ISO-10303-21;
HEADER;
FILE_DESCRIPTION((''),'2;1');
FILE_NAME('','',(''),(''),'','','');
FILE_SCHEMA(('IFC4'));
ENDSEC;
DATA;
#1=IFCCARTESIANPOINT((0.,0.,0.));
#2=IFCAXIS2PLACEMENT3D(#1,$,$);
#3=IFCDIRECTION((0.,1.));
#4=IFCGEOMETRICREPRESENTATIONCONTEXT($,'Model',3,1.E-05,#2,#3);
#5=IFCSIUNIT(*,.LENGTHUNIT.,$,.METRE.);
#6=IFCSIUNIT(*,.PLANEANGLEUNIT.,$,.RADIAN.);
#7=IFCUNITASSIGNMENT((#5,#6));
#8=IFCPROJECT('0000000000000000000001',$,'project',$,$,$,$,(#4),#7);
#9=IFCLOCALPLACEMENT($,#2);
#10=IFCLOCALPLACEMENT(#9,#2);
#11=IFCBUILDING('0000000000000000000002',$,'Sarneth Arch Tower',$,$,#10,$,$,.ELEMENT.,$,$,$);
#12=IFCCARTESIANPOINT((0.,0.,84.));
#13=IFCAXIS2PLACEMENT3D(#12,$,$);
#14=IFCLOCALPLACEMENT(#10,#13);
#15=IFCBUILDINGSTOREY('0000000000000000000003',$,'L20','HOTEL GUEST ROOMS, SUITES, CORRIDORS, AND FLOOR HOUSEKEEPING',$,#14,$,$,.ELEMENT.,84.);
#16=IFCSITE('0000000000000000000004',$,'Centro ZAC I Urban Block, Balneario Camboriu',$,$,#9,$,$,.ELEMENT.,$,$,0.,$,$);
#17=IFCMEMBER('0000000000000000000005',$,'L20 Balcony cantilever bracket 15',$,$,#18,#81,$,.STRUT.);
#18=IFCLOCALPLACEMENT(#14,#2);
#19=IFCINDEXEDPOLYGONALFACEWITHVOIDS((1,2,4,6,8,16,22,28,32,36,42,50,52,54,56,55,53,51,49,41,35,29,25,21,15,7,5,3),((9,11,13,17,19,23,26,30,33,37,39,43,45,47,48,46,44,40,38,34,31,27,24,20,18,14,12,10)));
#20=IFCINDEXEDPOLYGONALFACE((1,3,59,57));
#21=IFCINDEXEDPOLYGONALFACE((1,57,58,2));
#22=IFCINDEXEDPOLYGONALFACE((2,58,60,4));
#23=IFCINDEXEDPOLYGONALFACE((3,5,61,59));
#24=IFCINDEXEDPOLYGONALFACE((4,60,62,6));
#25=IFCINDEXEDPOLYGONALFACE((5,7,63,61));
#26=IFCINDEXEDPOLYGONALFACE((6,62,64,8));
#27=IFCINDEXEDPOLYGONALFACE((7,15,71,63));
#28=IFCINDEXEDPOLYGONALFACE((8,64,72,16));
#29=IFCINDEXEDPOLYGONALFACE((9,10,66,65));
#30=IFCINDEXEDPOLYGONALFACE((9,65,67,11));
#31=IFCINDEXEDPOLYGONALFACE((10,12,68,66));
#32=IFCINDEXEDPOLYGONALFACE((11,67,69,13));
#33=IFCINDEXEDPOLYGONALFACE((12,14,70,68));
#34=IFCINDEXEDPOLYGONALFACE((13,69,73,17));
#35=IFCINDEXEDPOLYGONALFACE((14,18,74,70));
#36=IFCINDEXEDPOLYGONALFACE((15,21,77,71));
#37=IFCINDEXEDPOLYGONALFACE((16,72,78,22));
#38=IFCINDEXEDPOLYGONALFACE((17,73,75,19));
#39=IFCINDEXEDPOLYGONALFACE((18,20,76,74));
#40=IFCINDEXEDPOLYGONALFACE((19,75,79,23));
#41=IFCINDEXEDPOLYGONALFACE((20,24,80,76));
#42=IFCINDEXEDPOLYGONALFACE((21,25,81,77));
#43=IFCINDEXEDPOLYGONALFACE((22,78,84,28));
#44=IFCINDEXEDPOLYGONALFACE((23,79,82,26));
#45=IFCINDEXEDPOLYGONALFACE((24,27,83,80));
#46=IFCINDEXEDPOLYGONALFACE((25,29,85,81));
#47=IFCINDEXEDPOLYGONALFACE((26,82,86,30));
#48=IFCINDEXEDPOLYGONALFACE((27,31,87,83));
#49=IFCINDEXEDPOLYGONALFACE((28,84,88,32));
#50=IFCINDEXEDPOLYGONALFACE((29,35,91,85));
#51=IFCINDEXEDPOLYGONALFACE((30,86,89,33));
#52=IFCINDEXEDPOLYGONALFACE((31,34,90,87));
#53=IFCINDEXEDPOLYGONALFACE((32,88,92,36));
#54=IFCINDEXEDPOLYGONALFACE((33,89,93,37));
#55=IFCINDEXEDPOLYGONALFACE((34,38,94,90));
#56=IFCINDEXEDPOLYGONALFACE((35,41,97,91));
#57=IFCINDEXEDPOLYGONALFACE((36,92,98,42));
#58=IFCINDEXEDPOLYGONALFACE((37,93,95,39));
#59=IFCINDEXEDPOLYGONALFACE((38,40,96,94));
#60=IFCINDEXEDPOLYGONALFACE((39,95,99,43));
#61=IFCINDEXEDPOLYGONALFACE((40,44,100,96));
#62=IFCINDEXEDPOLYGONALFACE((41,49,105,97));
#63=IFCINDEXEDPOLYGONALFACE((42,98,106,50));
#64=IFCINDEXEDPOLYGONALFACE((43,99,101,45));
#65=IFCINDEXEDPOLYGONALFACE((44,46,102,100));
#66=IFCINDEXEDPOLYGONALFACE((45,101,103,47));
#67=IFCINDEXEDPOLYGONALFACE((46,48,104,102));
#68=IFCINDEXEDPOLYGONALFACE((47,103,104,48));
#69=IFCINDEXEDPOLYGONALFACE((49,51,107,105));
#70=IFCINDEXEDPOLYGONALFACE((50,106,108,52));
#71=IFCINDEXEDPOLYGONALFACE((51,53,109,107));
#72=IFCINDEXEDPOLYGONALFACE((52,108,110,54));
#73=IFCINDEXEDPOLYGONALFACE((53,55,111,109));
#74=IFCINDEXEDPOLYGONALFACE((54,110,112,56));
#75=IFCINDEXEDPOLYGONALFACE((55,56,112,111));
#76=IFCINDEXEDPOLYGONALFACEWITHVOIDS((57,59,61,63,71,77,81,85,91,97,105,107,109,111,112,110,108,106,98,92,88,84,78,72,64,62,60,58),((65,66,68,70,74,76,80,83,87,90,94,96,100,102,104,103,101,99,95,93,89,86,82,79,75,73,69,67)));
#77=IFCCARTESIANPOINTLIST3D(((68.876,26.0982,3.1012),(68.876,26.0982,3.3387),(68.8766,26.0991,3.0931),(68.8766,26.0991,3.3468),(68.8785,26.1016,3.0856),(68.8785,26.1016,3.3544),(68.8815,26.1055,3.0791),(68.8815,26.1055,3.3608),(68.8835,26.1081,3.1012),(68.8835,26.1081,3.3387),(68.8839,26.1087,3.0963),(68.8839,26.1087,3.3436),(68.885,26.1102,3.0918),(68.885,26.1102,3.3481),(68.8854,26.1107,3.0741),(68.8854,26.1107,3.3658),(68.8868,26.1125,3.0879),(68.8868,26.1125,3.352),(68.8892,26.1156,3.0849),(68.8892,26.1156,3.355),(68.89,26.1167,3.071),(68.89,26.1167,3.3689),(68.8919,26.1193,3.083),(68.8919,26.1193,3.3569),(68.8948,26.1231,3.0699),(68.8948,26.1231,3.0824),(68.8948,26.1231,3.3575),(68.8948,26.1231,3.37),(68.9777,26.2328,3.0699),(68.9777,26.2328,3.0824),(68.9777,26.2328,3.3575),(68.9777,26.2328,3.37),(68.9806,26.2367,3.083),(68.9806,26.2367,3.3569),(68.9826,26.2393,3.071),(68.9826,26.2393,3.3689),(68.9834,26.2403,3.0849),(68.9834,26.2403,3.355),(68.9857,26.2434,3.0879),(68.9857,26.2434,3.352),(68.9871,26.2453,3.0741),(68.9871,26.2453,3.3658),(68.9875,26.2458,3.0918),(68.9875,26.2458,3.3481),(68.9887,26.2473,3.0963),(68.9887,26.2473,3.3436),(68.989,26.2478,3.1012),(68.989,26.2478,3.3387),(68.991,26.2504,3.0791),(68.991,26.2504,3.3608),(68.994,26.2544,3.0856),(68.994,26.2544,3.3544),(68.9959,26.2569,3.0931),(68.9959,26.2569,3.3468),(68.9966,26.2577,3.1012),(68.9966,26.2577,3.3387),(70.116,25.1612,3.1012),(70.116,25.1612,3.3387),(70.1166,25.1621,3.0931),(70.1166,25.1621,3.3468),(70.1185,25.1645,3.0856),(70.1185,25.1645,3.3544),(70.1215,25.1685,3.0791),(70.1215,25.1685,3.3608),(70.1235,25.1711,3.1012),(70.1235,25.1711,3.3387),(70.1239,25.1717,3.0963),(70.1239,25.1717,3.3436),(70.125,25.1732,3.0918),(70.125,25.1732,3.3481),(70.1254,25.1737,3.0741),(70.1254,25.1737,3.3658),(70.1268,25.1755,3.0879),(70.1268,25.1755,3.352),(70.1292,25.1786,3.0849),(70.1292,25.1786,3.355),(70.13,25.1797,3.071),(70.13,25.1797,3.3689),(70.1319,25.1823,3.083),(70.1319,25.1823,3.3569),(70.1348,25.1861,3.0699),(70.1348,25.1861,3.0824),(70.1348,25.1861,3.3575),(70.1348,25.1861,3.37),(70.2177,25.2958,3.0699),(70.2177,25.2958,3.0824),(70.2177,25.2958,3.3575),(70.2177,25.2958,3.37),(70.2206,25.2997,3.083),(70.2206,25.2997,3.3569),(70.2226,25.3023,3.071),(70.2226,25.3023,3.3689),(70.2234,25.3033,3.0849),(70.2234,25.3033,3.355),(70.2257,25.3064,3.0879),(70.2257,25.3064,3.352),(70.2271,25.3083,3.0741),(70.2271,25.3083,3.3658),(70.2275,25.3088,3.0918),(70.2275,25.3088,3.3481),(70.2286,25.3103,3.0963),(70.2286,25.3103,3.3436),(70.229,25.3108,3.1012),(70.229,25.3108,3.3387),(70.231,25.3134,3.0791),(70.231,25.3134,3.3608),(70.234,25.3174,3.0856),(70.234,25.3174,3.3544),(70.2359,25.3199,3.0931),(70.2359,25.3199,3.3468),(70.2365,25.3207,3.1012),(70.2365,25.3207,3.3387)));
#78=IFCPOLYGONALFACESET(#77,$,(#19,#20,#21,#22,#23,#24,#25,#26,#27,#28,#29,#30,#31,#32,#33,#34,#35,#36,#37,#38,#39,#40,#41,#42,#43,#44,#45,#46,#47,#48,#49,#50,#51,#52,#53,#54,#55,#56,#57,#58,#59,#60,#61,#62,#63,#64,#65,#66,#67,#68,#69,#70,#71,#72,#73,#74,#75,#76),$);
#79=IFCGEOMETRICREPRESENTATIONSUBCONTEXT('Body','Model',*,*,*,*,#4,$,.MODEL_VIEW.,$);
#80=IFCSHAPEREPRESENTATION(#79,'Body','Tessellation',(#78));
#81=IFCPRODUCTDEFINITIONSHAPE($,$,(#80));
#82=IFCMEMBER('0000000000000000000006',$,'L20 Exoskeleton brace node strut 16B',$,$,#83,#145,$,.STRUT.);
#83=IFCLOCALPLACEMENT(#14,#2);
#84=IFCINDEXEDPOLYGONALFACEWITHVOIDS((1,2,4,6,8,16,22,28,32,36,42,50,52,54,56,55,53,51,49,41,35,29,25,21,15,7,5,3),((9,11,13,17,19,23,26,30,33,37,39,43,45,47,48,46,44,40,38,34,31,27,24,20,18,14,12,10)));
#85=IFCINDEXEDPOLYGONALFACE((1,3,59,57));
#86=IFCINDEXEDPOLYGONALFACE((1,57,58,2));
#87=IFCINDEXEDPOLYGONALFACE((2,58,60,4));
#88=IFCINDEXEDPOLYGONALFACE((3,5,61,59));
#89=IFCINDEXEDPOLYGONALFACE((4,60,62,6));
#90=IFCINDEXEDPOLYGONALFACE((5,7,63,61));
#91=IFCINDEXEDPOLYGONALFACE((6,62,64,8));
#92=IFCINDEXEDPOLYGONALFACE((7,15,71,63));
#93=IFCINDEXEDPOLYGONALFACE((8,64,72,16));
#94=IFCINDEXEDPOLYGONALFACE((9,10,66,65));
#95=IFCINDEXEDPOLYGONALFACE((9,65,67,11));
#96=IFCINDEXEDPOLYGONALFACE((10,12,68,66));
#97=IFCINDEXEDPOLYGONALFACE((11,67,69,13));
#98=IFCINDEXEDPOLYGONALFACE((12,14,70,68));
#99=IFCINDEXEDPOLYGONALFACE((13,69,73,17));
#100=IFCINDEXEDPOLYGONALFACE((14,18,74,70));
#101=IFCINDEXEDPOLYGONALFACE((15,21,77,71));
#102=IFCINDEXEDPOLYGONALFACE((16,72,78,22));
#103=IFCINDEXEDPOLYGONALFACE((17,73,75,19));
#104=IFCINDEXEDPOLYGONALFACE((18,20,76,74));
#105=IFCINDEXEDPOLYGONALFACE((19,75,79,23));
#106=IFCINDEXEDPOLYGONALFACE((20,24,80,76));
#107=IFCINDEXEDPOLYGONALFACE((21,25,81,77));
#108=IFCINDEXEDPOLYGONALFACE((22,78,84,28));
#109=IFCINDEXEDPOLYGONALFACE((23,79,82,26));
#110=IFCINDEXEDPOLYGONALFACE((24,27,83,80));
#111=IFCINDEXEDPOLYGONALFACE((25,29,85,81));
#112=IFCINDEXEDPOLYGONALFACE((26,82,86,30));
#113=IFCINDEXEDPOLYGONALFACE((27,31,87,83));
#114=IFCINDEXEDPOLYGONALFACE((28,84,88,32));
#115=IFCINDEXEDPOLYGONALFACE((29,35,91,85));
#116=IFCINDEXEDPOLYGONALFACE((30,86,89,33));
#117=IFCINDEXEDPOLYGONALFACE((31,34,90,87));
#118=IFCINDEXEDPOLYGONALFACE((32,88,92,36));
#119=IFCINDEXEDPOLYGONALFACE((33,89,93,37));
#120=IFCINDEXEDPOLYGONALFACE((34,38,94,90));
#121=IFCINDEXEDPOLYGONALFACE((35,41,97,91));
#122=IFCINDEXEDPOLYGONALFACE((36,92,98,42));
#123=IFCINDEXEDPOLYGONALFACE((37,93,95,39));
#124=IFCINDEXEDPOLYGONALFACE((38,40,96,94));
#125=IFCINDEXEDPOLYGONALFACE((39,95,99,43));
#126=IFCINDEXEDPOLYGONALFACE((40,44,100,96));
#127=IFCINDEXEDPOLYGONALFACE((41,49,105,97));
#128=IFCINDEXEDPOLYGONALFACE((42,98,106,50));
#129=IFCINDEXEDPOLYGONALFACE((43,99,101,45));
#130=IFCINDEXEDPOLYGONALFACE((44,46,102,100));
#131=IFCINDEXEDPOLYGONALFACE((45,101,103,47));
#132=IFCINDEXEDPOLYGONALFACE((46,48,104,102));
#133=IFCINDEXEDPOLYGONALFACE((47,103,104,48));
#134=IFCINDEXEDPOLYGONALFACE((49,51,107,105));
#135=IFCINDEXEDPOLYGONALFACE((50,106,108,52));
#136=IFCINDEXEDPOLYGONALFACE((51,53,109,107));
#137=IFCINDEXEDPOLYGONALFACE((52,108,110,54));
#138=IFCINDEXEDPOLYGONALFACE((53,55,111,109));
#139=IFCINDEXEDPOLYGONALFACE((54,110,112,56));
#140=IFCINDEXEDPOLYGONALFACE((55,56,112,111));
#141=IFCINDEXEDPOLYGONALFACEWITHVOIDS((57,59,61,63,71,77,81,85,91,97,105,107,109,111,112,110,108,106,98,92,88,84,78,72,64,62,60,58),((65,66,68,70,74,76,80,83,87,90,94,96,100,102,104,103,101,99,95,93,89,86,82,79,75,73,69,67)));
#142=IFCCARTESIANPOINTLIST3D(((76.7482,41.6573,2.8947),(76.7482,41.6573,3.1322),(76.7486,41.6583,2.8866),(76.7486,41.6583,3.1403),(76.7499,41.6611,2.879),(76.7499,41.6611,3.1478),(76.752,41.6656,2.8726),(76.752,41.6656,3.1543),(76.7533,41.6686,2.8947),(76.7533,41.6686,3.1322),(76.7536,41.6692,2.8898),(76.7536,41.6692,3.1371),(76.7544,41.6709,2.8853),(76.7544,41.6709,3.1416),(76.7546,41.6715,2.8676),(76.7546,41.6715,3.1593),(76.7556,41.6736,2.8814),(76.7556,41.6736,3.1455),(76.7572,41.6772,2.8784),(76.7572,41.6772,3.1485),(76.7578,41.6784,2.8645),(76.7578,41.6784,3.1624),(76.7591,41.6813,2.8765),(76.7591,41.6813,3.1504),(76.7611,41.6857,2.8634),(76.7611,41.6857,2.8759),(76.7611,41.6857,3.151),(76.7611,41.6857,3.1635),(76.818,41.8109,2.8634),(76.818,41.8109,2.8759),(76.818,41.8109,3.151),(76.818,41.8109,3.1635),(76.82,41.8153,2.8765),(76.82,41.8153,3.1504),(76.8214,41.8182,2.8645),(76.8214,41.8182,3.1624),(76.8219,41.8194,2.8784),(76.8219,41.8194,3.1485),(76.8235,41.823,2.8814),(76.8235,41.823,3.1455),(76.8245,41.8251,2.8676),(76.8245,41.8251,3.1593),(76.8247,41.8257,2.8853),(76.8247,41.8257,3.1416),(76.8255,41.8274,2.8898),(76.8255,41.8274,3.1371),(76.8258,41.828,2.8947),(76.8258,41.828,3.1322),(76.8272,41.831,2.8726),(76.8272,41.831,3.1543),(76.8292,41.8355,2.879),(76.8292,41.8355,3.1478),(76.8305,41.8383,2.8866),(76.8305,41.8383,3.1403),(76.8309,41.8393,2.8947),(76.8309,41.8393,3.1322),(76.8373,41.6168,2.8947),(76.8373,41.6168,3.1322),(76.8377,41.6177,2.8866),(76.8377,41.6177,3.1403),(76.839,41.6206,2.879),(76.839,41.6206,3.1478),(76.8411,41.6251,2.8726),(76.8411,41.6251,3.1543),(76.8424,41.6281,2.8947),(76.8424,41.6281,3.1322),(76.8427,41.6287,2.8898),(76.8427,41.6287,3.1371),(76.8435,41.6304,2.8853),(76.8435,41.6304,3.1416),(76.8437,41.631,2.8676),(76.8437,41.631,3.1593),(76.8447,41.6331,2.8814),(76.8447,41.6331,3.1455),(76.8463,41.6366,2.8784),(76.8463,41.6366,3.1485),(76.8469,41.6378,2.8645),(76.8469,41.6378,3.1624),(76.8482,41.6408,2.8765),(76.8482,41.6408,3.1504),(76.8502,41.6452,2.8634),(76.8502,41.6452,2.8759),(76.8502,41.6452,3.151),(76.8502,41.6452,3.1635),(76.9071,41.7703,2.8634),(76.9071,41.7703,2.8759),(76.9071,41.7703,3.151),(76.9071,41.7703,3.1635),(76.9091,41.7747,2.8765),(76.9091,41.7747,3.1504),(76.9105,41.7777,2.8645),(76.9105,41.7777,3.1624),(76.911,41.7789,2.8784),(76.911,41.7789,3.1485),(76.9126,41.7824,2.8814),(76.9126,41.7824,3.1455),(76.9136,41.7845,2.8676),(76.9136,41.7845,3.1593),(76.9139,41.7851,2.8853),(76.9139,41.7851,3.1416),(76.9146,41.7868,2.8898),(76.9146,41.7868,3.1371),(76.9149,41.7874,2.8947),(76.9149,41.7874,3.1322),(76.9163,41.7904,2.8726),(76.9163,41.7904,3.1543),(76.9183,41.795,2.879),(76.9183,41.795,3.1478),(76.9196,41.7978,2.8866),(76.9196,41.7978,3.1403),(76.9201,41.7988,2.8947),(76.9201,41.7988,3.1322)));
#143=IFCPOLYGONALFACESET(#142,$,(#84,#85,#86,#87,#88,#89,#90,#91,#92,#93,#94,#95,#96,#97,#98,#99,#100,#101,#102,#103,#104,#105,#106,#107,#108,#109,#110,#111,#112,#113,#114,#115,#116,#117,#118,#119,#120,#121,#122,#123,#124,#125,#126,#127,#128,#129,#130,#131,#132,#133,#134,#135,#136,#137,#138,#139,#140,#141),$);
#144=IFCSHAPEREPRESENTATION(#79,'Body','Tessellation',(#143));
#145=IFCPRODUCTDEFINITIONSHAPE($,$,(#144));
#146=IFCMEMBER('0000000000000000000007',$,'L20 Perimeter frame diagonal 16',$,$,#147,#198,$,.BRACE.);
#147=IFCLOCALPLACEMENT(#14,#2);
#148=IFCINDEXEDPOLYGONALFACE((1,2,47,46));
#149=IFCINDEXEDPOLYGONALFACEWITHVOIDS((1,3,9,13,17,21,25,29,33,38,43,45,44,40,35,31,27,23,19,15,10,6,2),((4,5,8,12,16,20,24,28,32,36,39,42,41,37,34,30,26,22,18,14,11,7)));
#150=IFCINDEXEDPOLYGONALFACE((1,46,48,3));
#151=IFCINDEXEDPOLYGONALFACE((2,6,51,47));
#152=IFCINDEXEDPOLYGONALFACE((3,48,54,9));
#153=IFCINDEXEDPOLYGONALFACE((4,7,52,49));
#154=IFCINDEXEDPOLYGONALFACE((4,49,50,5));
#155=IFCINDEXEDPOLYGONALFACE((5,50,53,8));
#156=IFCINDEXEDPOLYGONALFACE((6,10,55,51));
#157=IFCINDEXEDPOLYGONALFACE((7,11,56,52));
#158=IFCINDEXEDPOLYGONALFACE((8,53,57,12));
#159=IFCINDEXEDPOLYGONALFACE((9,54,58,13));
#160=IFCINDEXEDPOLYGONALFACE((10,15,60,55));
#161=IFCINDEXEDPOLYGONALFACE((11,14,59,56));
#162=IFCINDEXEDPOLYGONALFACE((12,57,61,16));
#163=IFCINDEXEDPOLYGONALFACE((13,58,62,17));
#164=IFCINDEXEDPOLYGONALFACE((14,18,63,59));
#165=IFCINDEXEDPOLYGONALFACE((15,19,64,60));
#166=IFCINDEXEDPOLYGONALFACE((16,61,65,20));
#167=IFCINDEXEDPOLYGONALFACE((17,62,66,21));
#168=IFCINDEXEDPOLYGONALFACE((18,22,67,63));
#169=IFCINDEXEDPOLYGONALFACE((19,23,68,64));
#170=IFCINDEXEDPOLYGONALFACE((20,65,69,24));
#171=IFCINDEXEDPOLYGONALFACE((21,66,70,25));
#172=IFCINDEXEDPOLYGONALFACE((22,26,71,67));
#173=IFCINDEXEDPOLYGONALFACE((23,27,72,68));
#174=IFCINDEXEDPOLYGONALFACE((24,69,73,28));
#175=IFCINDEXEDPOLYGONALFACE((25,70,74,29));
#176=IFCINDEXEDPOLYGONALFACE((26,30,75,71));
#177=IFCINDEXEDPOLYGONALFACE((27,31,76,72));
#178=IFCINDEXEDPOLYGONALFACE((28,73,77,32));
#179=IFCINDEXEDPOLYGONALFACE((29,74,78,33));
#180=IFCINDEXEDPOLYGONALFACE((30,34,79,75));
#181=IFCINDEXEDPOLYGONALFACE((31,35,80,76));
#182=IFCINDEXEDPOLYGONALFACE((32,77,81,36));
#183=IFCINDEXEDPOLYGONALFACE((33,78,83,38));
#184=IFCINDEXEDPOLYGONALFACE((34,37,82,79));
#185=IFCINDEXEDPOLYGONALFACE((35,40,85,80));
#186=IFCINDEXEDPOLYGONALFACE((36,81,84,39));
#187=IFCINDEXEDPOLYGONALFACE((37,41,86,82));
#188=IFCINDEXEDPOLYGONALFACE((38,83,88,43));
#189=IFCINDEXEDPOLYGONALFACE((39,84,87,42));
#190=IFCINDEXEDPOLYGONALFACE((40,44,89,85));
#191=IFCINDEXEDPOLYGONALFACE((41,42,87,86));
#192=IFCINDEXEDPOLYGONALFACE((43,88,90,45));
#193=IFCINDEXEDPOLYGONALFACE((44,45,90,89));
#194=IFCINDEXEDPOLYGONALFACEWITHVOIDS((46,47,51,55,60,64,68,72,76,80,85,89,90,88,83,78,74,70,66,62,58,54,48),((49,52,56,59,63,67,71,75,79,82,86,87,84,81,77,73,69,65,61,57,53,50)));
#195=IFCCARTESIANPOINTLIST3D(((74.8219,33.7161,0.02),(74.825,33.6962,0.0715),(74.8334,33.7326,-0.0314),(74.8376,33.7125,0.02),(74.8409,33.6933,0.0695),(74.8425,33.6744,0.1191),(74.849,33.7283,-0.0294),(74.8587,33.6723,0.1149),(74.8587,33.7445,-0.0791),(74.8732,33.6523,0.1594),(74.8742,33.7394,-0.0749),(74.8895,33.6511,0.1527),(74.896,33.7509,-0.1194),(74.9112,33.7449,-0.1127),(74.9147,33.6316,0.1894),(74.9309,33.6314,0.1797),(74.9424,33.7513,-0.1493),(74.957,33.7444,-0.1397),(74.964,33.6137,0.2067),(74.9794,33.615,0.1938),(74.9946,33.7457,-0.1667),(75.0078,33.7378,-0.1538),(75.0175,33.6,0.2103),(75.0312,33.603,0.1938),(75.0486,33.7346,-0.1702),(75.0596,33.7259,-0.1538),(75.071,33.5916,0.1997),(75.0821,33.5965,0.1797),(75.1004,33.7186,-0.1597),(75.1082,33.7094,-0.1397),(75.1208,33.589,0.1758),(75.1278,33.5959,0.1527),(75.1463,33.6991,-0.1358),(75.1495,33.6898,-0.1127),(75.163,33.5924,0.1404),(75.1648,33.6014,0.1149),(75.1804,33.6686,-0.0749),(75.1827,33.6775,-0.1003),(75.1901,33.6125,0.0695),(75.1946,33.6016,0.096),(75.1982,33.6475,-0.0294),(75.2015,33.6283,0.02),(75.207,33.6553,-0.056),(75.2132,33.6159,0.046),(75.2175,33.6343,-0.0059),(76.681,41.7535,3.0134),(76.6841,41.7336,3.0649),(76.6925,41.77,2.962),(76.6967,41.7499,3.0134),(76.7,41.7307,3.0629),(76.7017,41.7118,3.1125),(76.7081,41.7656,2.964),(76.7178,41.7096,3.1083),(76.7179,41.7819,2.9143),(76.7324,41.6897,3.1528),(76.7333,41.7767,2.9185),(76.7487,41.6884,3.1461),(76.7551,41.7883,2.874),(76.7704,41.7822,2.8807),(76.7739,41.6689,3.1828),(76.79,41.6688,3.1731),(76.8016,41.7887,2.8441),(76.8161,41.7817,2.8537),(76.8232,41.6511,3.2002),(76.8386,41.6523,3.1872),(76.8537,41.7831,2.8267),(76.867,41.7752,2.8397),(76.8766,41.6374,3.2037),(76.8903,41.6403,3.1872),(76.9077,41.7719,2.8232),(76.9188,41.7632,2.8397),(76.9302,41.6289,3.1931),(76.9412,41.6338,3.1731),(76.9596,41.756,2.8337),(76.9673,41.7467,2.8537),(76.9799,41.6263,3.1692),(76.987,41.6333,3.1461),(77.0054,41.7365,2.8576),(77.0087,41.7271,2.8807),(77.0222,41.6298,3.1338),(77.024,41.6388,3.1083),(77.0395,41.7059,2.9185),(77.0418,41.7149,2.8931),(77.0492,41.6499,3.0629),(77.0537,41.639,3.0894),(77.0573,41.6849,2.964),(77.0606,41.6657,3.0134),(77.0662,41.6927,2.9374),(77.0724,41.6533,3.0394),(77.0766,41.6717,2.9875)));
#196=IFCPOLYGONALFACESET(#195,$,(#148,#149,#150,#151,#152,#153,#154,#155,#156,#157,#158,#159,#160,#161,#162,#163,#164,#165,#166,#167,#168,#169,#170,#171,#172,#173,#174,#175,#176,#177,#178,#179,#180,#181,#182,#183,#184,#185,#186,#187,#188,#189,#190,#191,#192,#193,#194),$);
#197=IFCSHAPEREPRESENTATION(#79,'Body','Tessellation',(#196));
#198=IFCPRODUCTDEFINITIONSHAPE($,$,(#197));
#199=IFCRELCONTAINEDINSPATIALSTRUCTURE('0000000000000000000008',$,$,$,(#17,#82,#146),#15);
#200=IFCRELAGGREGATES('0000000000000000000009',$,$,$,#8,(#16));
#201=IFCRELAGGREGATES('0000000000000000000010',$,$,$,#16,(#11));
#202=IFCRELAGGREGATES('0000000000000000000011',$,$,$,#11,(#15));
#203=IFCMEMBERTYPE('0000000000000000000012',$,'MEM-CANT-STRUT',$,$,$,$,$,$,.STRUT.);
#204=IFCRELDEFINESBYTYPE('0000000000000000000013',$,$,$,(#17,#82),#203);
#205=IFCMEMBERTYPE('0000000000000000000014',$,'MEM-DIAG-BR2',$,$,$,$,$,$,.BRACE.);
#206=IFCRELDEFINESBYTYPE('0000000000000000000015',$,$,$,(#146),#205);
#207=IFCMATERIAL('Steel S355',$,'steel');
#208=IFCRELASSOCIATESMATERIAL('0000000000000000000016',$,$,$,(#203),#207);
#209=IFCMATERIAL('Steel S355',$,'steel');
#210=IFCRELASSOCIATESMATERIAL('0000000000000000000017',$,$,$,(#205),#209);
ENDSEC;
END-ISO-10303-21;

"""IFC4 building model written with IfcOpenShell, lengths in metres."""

from ifc_helpers import new_model, si_unit, direction, frame, origin, origin_2d, place, context, subcontext, project, spatial, hollow_rectangle, hollow_circle, extrude, material, material_profile, profile_set, type_object, element, save


model = new_model("IFC4")

# Units and contexts
model_context = context("Model", 3, precision=1e-05, world=origin(), true_north=direction((0.0, 1.0)))
body_context = subcontext(model_context, "Body", "Model", "MODEL_VIEW")
ifc_project = project(units=[si_unit("LENGTHUNIT", "METRE"), si_unit("PLANEANGLEUNIT", "RADIAN")], contexts=[model_context])

# Site, building, storey
site_placement = place(None, origin())
site = spatial("IfcSite", under=ifc_project, at=site_placement, Name="Centro ZAC I Urban Block, Balneario Camboriu", CompositionType="ELEMENT", RefElevation=0.0)
building_placement = place(site_placement, origin())
building = spatial("IfcBuilding", under=site, at=building_placement, Name="Sarneth Arch Tower", CompositionType="ELEMENT")
storey_placement = place(building_placement, frame((0.0, 0.0, 84.0)))
storey = spatial("IfcBuildingStorey", under=building, at=storey_placement, Name="L20", Description="HOTEL GUEST ROOMS, SUITES, CORRIDORS, AND FLOOR HOUSEKEEPING", CompositionType="ELEMENT", Elevation=84.0)

# Members
ifc_material_1 = material(Name="Steel S355", Category="steel")
ifc_material_profile_1 = material_profile(ifc_material_1, hollow_rectangle(XDim=0.2, YDim=0.3, WallThickness=0.0125, InnerFilletRadius=0.0188, OuterFilletRadius=0.0312, at=origin_2d()), Name="RHS300x200x12.5")
ifc_profile_set_1 = profile_set([ifc_material_profile_1], Name="Steel S355")
member_type_1 = type_object("IfcMemberType", Name="MEM-CANT-STRUT", PredefinedType="STRUT", material=ifc_profile_set_1)
member_1_placement = place(storey_placement, frame((68.9363, 26.178, 3.22), z_axis=(0.797827, -0.602886, 0.0), x_axis=(0.602886, 0.797827, 0.0)))
element("IfcMember", 1, at=member_1_placement, inside=storey, type_object=member_type_1, Name="L20 Balcony cantilever bracket 15", PredefinedType="STRUT", context=body_context, shape_type="SweptSolid", body=[
    extrude(hollow_rectangle(XDim=0.2, YDim=0.3, WallThickness=0.0125, InnerFilletRadius=0.0188, OuterFilletRadius=0.0312, at=origin_2d()), origin(), (0.0, 0.0, 1.0), 1.5542),
])
member_2_placement = place(storey_placement, frame((76.7896, 41.7483, 3.0134), z_axis=(0.910281, -0.413991, 0.0), x_axis=(0.413991, 0.910281, 0.0)))
element("IfcMember", 2, at=member_2_placement, inside=storey, type_object=member_type_1, Name="L20 Exoskeleton brace node strut 16B", PredefinedType="STRUT", context=body_context, shape_type="SweptSolid", body=[
    extrude(hollow_rectangle(XDim=0.2, YDim=0.3, WallThickness=0.0125, InnerFilletRadius=0.0188, OuterFilletRadius=0.0312, at=origin_2d()), origin(), (0.0, 0.0, 1.0), 0.0979),
])
ifc_material_2 = material(Name="Steel S355", Category="steel")
ifc_material_profile_2 = material_profile(ifc_material_2, hollow_circle(Radius=0.2029, WallThickness=0.0161, at=origin_2d()), Name="CHS406x16")
ifc_profile_set_2 = profile_set([ifc_material_profile_2], Name="Steel S355")
member_type_2 = type_object("IfcMemberType", Name="MEM-DIAG-BR2", PredefinedType="BRACE", material=ifc_profile_set_2)
member_3_placement = place(storey_placement, frame((75.0195, 33.6704, 0.02), z_axis=(0.211846, 0.915847, 0.341095), x_axis=(-0.974275, 0.225361, 0.0)))
element("IfcMember", 3, at=member_3_placement, inside=storey, type_object=member_type_2, Name="L20 Perimeter frame diagonal 16", PredefinedType="BRACE", context=body_context, shape_type="SweptSolid", body=[
    extrude(hollow_circle(Radius=0.2029, WallThickness=0.0161, at=origin_2d()), origin(), (0.0, 0.0, 1.0), 8.7759),
])

save(model, "model.ifc")
